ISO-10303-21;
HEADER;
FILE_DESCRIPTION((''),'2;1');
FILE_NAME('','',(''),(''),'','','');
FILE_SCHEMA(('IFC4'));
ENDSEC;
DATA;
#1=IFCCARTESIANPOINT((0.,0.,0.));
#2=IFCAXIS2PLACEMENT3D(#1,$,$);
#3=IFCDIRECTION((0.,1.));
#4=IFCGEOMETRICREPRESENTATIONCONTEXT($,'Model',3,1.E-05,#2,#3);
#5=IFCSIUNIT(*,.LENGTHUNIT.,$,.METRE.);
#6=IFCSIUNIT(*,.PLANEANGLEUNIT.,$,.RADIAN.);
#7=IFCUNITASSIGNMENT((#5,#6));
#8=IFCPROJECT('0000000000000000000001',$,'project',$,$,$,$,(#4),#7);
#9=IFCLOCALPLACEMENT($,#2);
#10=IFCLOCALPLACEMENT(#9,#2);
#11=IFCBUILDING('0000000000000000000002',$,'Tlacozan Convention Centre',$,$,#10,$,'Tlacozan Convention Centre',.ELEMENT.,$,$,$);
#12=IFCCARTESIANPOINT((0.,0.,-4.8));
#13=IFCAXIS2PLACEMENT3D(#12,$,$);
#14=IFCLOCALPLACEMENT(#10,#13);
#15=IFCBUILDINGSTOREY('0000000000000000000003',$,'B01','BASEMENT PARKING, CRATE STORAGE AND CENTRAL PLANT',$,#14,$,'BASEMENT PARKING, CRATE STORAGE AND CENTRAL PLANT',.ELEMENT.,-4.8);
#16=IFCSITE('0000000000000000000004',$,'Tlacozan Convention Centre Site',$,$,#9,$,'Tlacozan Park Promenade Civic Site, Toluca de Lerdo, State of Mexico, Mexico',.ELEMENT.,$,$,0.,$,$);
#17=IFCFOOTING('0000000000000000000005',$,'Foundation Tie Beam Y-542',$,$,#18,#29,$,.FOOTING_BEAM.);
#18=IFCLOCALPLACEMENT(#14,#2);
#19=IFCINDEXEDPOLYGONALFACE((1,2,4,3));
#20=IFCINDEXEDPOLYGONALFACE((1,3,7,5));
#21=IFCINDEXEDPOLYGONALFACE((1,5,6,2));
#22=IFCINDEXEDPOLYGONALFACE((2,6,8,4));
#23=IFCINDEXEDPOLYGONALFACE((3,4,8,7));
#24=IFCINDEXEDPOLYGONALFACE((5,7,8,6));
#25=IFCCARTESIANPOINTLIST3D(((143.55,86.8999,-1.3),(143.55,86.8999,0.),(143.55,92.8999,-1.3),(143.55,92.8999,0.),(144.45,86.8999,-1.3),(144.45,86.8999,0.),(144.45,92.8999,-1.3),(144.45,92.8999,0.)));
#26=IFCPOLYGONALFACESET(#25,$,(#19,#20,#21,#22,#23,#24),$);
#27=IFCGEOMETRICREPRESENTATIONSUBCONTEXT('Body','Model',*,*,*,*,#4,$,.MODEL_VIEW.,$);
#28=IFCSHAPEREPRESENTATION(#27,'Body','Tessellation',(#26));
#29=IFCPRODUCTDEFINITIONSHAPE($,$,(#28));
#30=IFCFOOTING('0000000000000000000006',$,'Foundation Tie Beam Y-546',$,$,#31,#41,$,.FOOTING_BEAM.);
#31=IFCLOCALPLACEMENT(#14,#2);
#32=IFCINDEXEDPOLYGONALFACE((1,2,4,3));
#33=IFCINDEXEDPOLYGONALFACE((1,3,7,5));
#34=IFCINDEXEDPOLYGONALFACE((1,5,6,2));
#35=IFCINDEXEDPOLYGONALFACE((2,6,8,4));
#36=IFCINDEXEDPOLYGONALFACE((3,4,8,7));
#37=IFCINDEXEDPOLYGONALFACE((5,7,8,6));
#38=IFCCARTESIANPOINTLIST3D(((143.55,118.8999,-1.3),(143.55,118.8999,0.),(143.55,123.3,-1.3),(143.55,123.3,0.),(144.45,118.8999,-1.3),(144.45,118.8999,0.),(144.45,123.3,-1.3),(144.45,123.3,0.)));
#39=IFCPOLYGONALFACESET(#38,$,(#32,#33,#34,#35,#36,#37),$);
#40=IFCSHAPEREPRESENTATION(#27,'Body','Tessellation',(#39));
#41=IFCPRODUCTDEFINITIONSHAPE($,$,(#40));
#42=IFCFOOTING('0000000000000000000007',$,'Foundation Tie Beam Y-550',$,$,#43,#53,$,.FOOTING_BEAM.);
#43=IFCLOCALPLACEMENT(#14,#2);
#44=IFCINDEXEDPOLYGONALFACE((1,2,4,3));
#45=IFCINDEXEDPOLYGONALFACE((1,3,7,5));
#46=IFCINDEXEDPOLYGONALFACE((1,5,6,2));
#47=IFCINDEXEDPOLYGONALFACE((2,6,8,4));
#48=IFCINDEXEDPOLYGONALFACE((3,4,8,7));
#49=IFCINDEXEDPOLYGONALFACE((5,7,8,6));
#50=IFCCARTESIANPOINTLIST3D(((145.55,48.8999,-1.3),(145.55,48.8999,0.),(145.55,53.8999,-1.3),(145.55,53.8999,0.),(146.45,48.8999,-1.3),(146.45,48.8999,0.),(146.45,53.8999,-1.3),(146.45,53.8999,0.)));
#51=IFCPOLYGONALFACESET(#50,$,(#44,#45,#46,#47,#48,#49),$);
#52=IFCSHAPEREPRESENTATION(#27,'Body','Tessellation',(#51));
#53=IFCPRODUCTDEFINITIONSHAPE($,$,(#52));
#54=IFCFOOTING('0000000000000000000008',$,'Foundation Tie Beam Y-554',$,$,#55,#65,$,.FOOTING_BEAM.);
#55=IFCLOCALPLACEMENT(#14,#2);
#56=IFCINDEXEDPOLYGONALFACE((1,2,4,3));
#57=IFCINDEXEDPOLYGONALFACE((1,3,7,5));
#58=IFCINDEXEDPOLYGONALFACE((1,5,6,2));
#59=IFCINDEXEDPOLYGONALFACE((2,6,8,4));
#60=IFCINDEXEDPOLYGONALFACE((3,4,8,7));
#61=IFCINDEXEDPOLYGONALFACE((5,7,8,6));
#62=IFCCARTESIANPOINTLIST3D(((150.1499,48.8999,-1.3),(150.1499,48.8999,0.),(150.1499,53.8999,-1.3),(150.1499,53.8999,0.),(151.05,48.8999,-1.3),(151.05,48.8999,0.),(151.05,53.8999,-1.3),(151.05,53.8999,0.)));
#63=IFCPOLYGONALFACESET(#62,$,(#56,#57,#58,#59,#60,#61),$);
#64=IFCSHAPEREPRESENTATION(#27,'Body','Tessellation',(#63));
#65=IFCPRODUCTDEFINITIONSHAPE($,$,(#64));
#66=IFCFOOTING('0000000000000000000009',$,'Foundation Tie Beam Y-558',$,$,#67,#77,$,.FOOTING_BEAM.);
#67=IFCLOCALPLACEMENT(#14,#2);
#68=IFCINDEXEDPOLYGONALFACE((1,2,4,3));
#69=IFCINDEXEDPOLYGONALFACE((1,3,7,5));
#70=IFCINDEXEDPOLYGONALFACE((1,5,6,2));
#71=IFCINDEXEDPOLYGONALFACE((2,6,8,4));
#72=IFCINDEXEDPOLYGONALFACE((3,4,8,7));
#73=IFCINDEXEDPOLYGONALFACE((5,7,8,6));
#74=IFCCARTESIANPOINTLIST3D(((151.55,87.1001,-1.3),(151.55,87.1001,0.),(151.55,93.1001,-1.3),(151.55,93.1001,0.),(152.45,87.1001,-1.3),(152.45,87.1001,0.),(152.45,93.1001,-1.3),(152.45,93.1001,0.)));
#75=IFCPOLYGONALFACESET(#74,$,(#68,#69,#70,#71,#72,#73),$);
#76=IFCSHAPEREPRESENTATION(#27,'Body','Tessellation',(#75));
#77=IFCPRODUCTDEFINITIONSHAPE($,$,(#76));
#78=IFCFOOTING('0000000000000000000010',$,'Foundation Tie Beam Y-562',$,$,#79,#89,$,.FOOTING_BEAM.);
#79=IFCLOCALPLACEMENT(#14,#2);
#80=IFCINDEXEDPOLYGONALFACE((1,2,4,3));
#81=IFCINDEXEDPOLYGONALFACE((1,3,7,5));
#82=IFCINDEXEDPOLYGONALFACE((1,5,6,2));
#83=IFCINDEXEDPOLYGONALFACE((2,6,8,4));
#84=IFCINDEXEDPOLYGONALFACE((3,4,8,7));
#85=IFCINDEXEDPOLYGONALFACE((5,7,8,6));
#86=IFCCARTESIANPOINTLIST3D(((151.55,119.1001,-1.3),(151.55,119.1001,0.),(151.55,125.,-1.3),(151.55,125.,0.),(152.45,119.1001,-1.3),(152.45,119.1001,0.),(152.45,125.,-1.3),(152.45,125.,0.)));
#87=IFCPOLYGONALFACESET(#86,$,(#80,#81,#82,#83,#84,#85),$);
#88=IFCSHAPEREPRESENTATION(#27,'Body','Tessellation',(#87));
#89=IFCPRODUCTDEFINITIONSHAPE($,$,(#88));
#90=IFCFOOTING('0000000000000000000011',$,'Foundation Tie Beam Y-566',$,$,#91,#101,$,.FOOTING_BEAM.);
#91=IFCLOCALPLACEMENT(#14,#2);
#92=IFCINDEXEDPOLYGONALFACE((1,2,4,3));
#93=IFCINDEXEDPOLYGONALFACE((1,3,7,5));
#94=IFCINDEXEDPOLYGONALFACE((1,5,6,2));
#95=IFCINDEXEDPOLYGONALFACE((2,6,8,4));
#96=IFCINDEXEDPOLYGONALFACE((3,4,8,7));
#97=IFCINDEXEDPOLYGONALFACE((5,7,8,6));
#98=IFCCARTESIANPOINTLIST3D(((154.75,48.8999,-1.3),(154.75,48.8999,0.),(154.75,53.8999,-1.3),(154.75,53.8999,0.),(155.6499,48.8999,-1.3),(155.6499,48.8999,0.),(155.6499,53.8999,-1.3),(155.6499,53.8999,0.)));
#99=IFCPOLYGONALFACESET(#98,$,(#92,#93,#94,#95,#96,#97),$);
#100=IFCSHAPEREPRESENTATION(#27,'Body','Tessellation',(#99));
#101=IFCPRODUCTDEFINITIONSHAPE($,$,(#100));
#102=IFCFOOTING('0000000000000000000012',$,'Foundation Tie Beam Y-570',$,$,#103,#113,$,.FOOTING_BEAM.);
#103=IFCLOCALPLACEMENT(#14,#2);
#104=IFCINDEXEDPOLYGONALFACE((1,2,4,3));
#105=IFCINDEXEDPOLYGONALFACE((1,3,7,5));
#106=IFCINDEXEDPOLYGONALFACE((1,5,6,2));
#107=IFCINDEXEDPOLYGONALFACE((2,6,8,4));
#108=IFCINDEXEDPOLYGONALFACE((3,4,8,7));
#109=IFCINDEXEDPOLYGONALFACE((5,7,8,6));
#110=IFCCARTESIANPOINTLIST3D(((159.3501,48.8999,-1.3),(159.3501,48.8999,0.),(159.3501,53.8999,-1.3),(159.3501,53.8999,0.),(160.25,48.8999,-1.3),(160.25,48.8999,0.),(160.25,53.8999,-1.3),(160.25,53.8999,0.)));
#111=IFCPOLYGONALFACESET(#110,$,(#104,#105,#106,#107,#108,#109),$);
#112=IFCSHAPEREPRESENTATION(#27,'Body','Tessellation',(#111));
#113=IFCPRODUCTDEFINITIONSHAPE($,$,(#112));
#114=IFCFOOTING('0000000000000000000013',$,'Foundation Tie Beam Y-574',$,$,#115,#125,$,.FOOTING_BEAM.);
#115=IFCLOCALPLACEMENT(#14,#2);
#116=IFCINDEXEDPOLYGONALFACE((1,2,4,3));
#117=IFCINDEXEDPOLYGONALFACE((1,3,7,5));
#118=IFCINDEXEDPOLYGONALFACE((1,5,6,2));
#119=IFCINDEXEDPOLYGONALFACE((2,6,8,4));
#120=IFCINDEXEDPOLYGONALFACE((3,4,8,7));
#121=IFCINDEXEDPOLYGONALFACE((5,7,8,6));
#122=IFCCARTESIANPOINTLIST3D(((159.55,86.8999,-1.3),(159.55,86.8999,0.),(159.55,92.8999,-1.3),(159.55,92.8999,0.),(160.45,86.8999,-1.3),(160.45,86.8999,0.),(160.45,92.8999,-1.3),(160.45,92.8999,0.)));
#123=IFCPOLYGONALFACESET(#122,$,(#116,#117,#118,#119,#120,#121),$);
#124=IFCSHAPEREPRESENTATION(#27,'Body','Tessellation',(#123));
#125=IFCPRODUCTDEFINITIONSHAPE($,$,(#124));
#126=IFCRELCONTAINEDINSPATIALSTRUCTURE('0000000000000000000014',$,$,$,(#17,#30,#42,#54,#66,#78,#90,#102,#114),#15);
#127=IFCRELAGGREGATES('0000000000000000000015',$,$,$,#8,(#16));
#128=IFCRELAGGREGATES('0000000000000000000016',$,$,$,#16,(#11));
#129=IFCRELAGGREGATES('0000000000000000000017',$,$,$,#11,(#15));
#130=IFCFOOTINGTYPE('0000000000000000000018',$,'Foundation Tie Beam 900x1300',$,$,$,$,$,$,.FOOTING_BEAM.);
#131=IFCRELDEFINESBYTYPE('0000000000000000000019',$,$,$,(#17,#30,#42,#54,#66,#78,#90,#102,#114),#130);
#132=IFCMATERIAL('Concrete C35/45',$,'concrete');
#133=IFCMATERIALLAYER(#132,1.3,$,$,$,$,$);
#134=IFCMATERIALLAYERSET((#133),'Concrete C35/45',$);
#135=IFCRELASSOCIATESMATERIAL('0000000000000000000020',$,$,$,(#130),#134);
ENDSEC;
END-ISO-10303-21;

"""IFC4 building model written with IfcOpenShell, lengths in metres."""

from ifc_helpers import new_model, si_unit, direction, frame, origin, place, context, subcontext, project, spatial, polyline, outline, extrude, material, layer, layer_set, type_object, element, save


model = new_model("IFC4")

# Units and contexts
model_context = context("Model", 3, precision=1e-05, world=origin(), true_north=direction((0.0, 1.0)))
body_context = subcontext(model_context, "Body", "Model", "MODEL_VIEW")
ifc_project = project(units=[si_unit("LENGTHUNIT", "METRE"), si_unit("PLANEANGLEUNIT", "RADIAN")], contexts=[model_context])

# Site, building, storey
site_placement = place(None, origin())
site = spatial("IfcSite", under=ifc_project, at=site_placement, Name="Tlacozan Convention Centre Site", LongName="Tlacozan Park Promenade Civic Site, Toluca de Lerdo, State of Mexico, Mexico", CompositionType="ELEMENT", RefElevation=0.0)
building_placement = place(site_placement, origin())
building = spatial("IfcBuilding", under=site, at=building_placement, Name="Tlacozan Convention Centre", LongName="Tlacozan Convention Centre", CompositionType="ELEMENT")
storey_placement = place(building_placement, frame((0.0, 0.0, -4.8)))
storey = spatial("IfcBuildingStorey", under=building, at=storey_placement, Name="B01", Description="BASEMENT PARKING, CRATE STORAGE AND CENTRAL PLANT", LongName="BASEMENT PARKING, CRATE STORAGE AND CENTRAL PLANT", CompositionType="ELEMENT", Elevation=-4.8)

# Footings
ifc_material = material(Name="Concrete C35/45", Category="concrete")
ifc_layer = layer(ifc_material, 1.3)
ifc_layer_set = layer_set([ifc_layer], Name="Concrete C35/45")
footing_type = type_object("IfcFootingType", Name="Foundation Tie Beam 900x1300", PredefinedType="FOOTING_BEAM", material=ifc_layer_set)
footing_1_placement = place(storey_placement, frame((0.0, 0.0, -1.3)))
element("IfcFooting", 1, at=footing_1_placement, inside=storey, type_object=footing_type, Name="Foundation Tie Beam Y-542", PredefinedType="FOOTING_BEAM", context=body_context, shape_type="SweptSolid", body=[
    extrude(outline(polyline([(143.55, 86.8999), (144.45, 86.8999), (144.45, 92.8999), (143.55, 92.8999), (143.55, 86.8999)])), origin(), (0.0, 0.0, 1.0), 1.3),
])
footing_2_placement = place(storey_placement, frame((0.0, 0.0, -1.3)))
element("IfcFooting", 2, at=footing_2_placement, inside=storey, type_object=footing_type, Name="Foundation Tie Beam Y-546", PredefinedType="FOOTING_BEAM", context=body_context, shape_type="SweptSolid", body=[
    extrude(outline(polyline([(143.55, 118.8999), (144.45, 118.8999), (144.45, 123.3), (143.55, 123.3), (143.55, 118.8999)])), origin(), (0.0, 0.0, 1.0), 1.3),
])
footing_3_placement = place(storey_placement, frame((0.0, 0.0, -1.3)))
element("IfcFooting", 3, at=footing_3_placement, inside=storey, type_object=footing_type, Name="Foundation Tie Beam Y-550", PredefinedType="FOOTING_BEAM", context=body_context, shape_type="SweptSolid", body=[
    extrude(outline(polyline([(145.55, 48.8999), (146.45, 48.8999), (146.45, 53.8999), (145.55, 53.8999), (145.55, 48.8999)])), origin(), (0.0, 0.0, 1.0), 1.3),
])
footing_4_placement = place(storey_placement, frame((0.0, 0.0, -1.3)))
element("IfcFooting", 4, at=footing_4_placement, inside=storey, type_object=footing_type, Name="Foundation Tie Beam Y-554", PredefinedType="FOOTING_BEAM", context=body_context, shape_type="SweptSolid", body=[
    extrude(outline(polyline([(150.1499, 48.8999), (151.05, 48.8999), (151.05, 53.8999), (150.1499, 53.8999), (150.1499, 48.8999)])), origin(), (0.0, 0.0, 1.0), 1.3),
])
footing_5_placement = place(storey_placement, frame((0.0, 0.0, -1.3)))
element("IfcFooting", 5, at=footing_5_placement, inside=storey, type_object=footing_type, Name="Foundation Tie Beam Y-558", PredefinedType="FOOTING_BEAM", context=body_context, shape_type="SweptSolid", body=[
    extrude(outline(polyline([(151.55, 87.1001), (152.45, 87.1001), (152.45, 93.1001), (151.55, 93.1001), (151.55, 87.1001)])), origin(), (0.0, 0.0, 1.0), 1.3),
])
footing_6_placement = place(storey_placement, frame((0.0, 0.0, -1.3)))
element("IfcFooting", 6, at=footing_6_placement, inside=storey, type_object=footing_type, Name="Foundation Tie Beam Y-562", PredefinedType="FOOTING_BEAM", context=body_context, shape_type="SweptSolid", body=[
    extrude(outline(polyline([(151.55, 119.1001), (152.45, 119.1001), (152.45, 125.0), (151.55, 125.0), (151.55, 119.1001)])), origin(), (0.0, 0.0, 1.0), 1.3),
])
footing_7_placement = place(storey_placement, frame((0.0, 0.0, -1.3)))
element("IfcFooting", 7, at=footing_7_placement, inside=storey, type_object=footing_type, Name="Foundation Tie Beam Y-566", PredefinedType="FOOTING_BEAM", context=body_context, shape_type="SweptSolid", body=[
    extrude(outline(polyline([(154.75, 48.8999), (155.6499, 48.8999), (155.6499, 53.8999), (154.75, 53.8999), (154.75, 48.8999)])), origin(), (0.0, 0.0, 1.0), 1.3),
])
footing_8_placement = place(storey_placement, frame((0.0, 0.0, -1.3)))
element("IfcFooting", 8, at=footing_8_placement, inside=storey, type_object=footing_type, Name="Foundation Tie Beam Y-570", PredefinedType="FOOTING_BEAM", context=body_context, shape_type="SweptSolid", body=[
    extrude(outline(polyline([(159.3501, 48.8999), (160.25, 48.8999), (160.25, 53.8999), (159.3501, 53.8999), (159.3501, 48.8999)])), origin(), (0.0, 0.0, 1.0), 1.3),
])
footing_9_placement = place(storey_placement, frame((0.0, 0.0, -1.3)))
element("IfcFooting", 9, at=footing_9_placement, inside=storey, type_object=footing_type, Name="Foundation Tie Beam Y-574", PredefinedType="FOOTING_BEAM", context=body_context, shape_type="SweptSolid", body=[
    extrude(outline(polyline([(159.55, 86.8999), (160.45, 86.8999), (160.45, 92.8999), (159.55, 92.8999), (159.55, 86.8999)])), origin(), (0.0, 0.0, 1.0), 1.3),
])

save(model, "model.ifc")
